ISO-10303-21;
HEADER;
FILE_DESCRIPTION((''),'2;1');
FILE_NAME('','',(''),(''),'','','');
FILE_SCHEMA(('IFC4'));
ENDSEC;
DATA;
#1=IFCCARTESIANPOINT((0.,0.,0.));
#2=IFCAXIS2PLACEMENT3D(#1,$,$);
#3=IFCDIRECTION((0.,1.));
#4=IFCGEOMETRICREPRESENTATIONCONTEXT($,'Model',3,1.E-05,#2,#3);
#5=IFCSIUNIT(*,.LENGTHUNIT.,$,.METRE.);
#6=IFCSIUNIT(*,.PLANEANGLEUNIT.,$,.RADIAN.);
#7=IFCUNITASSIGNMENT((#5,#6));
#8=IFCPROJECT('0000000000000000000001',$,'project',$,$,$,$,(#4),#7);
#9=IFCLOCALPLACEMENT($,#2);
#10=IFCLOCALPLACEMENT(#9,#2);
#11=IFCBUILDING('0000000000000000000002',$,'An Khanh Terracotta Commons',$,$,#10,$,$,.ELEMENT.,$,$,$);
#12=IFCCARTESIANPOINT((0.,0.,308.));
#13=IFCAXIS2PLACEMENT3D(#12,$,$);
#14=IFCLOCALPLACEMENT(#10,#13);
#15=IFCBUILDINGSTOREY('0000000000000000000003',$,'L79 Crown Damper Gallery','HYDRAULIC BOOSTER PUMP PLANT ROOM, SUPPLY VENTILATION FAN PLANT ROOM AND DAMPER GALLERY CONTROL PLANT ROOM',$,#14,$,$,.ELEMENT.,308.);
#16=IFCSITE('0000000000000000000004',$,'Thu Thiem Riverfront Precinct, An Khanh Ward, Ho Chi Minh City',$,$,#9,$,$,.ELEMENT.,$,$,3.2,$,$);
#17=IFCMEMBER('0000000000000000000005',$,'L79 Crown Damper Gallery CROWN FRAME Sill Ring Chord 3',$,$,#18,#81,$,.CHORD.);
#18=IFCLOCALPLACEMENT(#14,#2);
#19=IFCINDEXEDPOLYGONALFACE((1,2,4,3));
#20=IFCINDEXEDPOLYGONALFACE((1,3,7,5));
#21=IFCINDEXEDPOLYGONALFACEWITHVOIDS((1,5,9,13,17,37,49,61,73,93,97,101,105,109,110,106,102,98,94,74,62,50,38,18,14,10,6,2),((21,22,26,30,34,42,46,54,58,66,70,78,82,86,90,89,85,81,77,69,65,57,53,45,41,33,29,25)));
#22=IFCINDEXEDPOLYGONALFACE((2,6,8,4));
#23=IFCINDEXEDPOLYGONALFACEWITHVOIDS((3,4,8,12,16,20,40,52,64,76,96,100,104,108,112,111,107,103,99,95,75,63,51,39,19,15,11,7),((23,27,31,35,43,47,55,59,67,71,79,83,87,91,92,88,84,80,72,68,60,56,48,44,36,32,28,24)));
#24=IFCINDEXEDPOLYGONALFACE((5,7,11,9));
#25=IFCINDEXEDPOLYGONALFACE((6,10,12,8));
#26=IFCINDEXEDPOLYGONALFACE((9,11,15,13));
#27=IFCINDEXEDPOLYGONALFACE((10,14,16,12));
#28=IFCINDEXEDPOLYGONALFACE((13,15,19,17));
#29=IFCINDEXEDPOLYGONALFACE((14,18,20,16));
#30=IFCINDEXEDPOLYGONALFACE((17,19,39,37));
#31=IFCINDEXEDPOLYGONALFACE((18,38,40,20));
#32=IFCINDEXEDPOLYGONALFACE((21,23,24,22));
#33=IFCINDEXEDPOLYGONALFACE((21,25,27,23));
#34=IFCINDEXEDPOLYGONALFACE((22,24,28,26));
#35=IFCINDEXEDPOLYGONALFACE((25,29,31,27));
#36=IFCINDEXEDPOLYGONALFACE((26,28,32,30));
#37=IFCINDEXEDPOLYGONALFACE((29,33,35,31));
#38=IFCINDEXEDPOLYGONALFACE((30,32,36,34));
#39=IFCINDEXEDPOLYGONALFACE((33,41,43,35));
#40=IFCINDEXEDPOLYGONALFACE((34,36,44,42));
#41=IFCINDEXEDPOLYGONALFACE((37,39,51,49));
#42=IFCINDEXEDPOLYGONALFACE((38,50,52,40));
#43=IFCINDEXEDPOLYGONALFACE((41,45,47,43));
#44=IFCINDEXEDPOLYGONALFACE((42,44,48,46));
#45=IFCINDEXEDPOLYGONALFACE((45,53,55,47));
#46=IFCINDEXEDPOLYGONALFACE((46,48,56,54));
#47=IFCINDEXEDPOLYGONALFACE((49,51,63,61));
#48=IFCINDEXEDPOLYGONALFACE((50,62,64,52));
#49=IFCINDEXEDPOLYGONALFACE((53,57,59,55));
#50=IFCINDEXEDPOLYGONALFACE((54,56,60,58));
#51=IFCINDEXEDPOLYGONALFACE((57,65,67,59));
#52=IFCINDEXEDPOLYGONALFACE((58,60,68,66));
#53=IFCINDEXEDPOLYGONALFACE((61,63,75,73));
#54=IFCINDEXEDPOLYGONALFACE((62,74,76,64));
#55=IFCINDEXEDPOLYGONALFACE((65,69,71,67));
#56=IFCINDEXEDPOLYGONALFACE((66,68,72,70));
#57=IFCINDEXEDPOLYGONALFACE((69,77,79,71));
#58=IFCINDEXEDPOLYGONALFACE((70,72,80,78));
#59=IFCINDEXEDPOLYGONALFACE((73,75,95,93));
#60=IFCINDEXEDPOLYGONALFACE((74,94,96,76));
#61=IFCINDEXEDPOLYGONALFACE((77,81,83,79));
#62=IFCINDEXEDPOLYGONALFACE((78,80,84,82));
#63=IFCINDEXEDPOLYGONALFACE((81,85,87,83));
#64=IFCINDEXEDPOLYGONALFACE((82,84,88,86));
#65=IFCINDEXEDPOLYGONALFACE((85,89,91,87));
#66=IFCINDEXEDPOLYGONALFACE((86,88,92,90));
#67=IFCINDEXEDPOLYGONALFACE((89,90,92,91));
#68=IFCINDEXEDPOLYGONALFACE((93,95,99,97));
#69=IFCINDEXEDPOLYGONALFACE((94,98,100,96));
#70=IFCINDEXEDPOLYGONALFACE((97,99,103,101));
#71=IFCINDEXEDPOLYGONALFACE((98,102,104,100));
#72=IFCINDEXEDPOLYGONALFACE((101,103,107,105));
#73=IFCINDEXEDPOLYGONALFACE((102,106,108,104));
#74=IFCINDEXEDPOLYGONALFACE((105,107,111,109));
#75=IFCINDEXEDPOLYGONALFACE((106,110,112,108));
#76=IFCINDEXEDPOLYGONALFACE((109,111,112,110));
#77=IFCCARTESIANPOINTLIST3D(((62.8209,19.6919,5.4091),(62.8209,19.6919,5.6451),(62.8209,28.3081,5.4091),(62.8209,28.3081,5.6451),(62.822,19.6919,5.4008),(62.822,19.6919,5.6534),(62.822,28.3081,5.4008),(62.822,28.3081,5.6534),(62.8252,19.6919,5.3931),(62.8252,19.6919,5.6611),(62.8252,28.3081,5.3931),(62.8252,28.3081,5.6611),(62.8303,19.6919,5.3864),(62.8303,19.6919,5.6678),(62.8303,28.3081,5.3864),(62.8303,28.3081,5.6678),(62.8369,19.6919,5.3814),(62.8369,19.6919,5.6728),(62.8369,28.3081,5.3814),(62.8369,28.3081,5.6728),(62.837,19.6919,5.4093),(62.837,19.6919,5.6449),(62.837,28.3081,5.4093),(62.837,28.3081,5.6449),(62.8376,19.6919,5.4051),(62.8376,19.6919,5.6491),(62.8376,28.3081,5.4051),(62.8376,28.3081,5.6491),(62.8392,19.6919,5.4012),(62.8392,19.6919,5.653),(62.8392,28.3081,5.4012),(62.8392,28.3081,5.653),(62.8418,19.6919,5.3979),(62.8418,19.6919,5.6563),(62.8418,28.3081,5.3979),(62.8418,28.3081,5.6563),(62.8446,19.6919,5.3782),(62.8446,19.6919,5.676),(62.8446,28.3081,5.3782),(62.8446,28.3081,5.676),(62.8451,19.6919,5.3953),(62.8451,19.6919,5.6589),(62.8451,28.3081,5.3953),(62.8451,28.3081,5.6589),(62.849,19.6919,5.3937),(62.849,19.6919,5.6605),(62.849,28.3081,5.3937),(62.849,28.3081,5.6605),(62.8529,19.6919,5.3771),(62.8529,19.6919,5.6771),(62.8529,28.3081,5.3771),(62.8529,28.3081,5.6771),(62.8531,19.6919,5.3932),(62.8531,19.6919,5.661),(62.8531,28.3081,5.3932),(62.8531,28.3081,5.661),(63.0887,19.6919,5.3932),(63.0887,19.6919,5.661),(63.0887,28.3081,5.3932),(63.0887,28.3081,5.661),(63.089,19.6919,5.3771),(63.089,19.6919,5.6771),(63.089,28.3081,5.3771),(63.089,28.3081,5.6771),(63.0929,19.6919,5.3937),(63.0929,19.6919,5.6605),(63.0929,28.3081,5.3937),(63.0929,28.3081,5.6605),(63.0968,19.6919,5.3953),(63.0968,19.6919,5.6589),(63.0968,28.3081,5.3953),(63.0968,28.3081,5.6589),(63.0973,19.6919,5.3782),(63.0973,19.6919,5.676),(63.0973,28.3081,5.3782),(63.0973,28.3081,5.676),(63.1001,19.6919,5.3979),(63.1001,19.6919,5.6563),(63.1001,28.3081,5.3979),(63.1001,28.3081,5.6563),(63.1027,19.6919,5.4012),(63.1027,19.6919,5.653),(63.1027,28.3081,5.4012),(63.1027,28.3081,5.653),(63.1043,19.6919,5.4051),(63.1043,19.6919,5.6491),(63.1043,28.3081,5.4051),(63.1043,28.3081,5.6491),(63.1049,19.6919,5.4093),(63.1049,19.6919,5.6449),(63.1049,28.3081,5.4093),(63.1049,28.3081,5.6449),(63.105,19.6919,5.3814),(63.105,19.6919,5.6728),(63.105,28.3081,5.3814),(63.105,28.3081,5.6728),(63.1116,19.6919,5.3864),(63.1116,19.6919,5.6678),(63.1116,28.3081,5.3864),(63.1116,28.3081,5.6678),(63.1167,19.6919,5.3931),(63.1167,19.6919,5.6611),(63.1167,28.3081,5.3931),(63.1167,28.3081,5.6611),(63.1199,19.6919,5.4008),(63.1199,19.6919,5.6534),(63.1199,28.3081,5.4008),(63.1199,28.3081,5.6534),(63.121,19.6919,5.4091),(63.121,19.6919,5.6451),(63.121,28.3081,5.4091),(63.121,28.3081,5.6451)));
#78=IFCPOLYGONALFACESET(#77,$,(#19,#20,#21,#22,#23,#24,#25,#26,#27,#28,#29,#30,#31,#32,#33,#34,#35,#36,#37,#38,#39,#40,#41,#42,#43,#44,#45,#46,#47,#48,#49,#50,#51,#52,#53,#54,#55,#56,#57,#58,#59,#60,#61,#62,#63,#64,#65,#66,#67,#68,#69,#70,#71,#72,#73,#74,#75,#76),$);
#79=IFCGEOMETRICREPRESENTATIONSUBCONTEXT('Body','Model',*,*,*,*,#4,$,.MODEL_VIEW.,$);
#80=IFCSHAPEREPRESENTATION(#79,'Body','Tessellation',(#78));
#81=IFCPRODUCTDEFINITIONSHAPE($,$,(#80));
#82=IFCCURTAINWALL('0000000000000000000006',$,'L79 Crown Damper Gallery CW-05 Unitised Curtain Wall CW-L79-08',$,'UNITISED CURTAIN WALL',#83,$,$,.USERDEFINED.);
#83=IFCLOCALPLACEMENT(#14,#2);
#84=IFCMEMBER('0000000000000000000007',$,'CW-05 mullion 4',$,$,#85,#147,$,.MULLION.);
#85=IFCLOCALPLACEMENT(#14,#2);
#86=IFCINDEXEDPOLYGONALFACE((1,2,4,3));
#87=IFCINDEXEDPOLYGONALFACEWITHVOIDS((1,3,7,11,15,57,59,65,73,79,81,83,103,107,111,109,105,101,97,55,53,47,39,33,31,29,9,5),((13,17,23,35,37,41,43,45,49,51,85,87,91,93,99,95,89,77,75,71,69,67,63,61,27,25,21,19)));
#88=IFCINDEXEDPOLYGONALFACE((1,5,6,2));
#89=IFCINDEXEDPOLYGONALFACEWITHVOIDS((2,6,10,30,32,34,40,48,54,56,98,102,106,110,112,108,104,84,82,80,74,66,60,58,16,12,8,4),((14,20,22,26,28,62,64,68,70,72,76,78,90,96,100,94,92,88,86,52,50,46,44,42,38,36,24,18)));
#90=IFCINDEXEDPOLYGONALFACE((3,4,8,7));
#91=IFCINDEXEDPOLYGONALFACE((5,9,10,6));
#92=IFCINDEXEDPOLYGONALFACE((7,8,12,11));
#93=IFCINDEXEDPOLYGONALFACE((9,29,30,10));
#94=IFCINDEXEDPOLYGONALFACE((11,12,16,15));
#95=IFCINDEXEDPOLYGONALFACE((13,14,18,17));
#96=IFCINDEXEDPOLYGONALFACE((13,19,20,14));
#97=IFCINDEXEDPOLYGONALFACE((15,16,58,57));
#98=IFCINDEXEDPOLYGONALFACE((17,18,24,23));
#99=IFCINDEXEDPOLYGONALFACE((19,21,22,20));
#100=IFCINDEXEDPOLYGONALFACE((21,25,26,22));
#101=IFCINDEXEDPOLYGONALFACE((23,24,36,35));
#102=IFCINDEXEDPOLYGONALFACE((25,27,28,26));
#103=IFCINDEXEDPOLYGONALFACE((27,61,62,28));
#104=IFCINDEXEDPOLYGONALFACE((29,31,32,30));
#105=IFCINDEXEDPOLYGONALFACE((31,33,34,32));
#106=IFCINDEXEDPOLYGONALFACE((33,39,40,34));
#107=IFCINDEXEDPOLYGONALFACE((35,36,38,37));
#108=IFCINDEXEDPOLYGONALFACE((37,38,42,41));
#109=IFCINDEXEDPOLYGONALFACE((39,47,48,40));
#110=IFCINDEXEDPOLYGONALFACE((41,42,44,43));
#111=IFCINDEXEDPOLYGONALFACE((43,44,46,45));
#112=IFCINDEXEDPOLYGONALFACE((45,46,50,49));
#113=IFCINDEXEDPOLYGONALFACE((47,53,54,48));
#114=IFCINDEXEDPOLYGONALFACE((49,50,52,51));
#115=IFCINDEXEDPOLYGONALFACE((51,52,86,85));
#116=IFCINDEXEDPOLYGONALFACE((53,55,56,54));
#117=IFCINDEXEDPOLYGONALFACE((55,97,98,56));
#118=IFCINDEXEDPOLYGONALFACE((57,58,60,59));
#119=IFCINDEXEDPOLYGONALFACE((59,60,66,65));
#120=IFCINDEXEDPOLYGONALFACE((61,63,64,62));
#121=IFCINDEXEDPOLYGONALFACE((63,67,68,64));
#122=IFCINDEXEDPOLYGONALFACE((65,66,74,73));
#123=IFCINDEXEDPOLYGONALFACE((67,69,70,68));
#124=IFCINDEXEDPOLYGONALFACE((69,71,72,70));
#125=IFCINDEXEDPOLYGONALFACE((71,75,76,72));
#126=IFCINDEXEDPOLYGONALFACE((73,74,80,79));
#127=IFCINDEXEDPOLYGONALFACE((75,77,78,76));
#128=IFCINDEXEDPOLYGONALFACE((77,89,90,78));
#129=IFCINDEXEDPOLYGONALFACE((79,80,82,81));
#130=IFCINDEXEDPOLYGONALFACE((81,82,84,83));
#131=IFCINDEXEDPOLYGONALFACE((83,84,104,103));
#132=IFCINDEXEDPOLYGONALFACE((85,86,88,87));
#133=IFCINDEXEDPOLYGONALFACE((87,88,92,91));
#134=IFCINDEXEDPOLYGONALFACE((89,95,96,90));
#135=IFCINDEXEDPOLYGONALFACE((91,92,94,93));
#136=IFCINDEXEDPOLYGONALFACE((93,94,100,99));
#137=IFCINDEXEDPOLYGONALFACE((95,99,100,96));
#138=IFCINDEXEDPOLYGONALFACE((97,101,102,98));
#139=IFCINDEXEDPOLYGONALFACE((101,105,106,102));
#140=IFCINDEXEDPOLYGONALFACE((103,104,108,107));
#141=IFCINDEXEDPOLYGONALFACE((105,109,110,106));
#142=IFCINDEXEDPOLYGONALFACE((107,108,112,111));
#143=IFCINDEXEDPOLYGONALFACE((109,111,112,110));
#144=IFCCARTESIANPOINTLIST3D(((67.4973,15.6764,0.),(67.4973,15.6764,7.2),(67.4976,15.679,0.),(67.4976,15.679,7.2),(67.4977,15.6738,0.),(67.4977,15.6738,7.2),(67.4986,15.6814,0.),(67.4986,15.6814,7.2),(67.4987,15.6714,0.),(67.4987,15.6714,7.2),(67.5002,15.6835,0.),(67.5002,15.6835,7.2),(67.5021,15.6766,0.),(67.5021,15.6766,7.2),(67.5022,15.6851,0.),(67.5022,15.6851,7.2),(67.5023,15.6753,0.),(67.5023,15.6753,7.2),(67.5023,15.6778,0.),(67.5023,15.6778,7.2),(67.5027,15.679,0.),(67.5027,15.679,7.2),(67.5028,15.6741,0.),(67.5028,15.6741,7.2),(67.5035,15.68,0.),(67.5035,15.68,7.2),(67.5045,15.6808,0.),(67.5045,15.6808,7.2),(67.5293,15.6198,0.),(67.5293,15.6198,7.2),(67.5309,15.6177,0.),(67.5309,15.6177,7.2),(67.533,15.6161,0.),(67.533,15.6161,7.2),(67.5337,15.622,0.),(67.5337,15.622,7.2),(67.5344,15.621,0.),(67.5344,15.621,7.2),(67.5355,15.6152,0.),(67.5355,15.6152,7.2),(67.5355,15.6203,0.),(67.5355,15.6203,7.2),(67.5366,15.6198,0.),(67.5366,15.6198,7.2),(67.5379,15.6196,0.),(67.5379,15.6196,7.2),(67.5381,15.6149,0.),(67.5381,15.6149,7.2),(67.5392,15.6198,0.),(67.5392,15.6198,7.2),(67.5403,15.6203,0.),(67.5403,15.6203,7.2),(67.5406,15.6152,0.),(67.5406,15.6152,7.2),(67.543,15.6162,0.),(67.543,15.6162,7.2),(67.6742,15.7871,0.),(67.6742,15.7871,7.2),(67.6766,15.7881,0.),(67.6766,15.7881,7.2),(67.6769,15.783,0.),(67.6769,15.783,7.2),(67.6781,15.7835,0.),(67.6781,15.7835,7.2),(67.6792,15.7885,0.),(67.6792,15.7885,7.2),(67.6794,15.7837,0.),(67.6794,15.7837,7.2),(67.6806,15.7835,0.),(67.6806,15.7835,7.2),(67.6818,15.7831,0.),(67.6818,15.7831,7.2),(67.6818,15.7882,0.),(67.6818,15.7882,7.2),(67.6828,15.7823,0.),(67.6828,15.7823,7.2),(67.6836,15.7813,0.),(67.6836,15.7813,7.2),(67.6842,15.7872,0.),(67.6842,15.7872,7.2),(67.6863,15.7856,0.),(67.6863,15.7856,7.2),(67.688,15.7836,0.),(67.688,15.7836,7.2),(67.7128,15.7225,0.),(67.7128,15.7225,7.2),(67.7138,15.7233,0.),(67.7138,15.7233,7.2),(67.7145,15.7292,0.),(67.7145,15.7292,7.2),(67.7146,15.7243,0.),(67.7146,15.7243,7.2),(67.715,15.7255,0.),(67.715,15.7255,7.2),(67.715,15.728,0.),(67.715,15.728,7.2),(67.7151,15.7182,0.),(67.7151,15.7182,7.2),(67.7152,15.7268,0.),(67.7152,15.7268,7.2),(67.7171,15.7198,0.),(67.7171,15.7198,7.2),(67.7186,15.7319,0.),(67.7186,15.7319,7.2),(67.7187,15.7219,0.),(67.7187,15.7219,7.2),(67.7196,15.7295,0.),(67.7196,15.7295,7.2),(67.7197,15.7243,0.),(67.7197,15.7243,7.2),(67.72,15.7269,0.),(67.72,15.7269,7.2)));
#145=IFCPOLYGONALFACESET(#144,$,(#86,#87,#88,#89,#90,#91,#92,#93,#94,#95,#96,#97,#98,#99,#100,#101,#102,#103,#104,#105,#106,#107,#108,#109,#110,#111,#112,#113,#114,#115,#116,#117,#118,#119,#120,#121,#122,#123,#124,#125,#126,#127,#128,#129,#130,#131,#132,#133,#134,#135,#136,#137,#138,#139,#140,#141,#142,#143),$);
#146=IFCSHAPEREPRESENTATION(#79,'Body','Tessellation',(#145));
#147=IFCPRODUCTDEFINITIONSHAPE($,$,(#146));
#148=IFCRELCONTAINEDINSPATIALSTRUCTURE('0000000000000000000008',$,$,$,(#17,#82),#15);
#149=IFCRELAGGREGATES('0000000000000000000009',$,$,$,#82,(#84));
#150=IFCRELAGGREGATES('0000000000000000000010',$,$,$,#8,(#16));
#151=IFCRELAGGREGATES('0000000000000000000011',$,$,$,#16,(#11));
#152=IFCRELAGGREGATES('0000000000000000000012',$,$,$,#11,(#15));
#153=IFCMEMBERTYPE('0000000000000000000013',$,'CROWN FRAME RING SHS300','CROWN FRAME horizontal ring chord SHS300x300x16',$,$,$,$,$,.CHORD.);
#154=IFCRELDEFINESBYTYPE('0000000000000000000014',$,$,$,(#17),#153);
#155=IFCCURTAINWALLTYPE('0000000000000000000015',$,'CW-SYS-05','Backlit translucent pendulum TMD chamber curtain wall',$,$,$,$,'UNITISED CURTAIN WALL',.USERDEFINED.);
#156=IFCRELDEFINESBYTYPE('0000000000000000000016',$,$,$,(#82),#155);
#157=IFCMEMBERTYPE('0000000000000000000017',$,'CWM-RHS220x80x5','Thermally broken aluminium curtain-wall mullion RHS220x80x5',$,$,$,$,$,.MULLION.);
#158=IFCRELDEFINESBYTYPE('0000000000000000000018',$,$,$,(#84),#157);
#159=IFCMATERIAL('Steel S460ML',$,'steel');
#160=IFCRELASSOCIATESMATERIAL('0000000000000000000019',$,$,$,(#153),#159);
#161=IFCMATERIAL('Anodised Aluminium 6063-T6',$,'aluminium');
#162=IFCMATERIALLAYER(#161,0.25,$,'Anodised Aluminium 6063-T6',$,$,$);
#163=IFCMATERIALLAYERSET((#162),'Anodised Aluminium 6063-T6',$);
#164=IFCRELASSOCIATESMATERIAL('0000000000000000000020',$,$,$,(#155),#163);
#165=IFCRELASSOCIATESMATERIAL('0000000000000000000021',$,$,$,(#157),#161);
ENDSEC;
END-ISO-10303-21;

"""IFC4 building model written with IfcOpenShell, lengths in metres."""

from ifc_helpers import new_model, si_unit, direction, frame, origin, origin_2d, place, context, subcontext, project, spatial, hollow_rectangle, extrude, material, layer, layer_set, material_profile, profile_set, type_object, element, aggregate, save


model = new_model("IFC4")

# Units and contexts
model_context = context("Model", 3, precision=1e-05, world=origin(), true_north=direction((0.0, 1.0)))
body_context = subcontext(model_context, "Body", "Model", "MODEL_VIEW")
ifc_project = project(units=[si_unit("LENGTHUNIT", "METRE"), si_unit("PLANEANGLEUNIT", "RADIAN")], contexts=[model_context])

# Site, building, storey
site_placement = place(None, origin())
site = spatial("IfcSite", under=ifc_project, at=site_placement, Name="Thu Thiem Riverfront Precinct, An Khanh Ward, Ho Chi Minh City", CompositionType="ELEMENT", RefElevation=3.2)
building_placement = place(site_placement, origin())
building = spatial("IfcBuilding", under=site, at=building_placement, Name="An Khanh Terracotta Commons", CompositionType="ELEMENT")
storey_placement = place(building_placement, frame((0.0, 0.0, 308.0)))
storey = spatial("IfcBuildingStorey", under=building, at=storey_placement, Name="L79 Crown Damper Gallery", Description="HYDRAULIC BOOSTER PUMP PLANT ROOM, SUPPLY VENTILATION FAN PLANT ROOM AND DAMPER GALLERY CONTROL PLANT ROOM", CompositionType="ELEMENT", Elevation=308.0)

# Member
ifc_material_1 = material(Name="Steel S460ML", Category="steel")
ifc_material_profile_1 = material_profile(ifc_material_1, hollow_rectangle(XDim=0.3, YDim=0.3, WallThickness=0.0161, InnerFilletRadius=0.0161, OuterFilletRadius=0.032, at=origin_2d()), Name="SHS300x300x16")
ifc_profile_set_1 = profile_set([ifc_material_profile_1], Name="Steel S460ML")
member_type_1 = type_object("IfcMemberType", Name="CROWN FRAME RING SHS300", Description="CROWN FRAME horizontal ring chord SHS300x300x16", PredefinedType="CHORD", material=ifc_profile_set_1)
member_1_placement = place(storey_placement, frame((62.9709, 19.6919, 5.5271), z_axis=(0.0, 1.0, 0.0), x_axis=(-1.0, 0.0, 0.0)))
element("IfcMember", 1, at=member_1_placement, inside=storey, type_object=member_type_1, Name="L79 Crown Damper Gallery CROWN FRAME Sill Ring Chord 3", PredefinedType="CHORD", context=body_context, shape_type="SweptSolid", body=[
    extrude(hollow_rectangle(XDim=0.3, YDim=0.3, WallThickness=0.0161, InnerFilletRadius=0.0161, OuterFilletRadius=0.032, at=origin_2d()), origin(), (0.0, 0.0, 1.0), 8.6162),
])

# Curtain wall, member
ifc_material_2 = material(Name="Anodised Aluminium 6063-T6", Category="aluminium")
ifc_layer_1 = layer(ifc_material_2, 0.25, Name="Anodised Aluminium 6063-T6")
ifc_layer_set_1 = layer_set([ifc_layer_1], Name="Anodised Aluminium 6063-T6")
curtain_wall_type = type_object("IfcCurtainWallType", Name="CW-SYS-05", Description="Backlit translucent pendulum TMD chamber curtain wall", ElementType="UNITISED CURTAIN WALL", PredefinedType="USERDEFINED", material=ifc_layer_set_1)
curtain_wall_1_placement = place(storey_placement, origin())
curtain_wall_1 = element("IfcCurtainWall", 2, at=curtain_wall_1_placement, inside=storey, type_object=curtain_wall_type, Name="L79 Crown Damper Gallery CW-05 Unitised Curtain Wall CW-L79-08", ObjectType="UNITISED CURTAIN WALL", PredefinedType="USERDEFINED")
ifc_material_profile_2 = material_profile(ifc_material_2, hollow_rectangle(XDim=0.0801, YDim=0.22, WallThickness=0.0049, InnerFilletRadius=0.0049, OuterFilletRadius=0.01, at=origin_2d()), Name="RHS220x80x5")
ifc_profile_set_2 = profile_set([ifc_material_profile_2], Name="Anodised Aluminium 6063-T6")
member_type_2 = type_object("IfcMemberType", Name="CWM-RHS220x80x5", Description="Thermally broken aluminium curtain-wall mullion RHS220x80x5", PredefinedType="MULLION", material=ifc_profile_set_2)
member_2_placement = place(storey_placement, frame((67.6086, 15.7017, 0.0), z_axis=(0.0, 0.0, 1.0), x_axis=(-0.509781, 0.860304, 0.0)))
member_2 = element("IfcMember", 3, at=member_2_placement, type_object=member_type_2, Name="CW-05 mullion 4", PredefinedType="MULLION", context=body_context, shape_type="SweptSolid", body=[
    extrude(hollow_rectangle(XDim=0.0801, YDim=0.22, WallThickness=0.0049, InnerFilletRadius=0.0049, OuterFilletRadius=0.01, at=origin_2d()), origin(), (0.0, 0.0, 1.0), 7.2),
])
aggregate(curtain_wall_1, [member_2])

save(model, "model.ifc")
